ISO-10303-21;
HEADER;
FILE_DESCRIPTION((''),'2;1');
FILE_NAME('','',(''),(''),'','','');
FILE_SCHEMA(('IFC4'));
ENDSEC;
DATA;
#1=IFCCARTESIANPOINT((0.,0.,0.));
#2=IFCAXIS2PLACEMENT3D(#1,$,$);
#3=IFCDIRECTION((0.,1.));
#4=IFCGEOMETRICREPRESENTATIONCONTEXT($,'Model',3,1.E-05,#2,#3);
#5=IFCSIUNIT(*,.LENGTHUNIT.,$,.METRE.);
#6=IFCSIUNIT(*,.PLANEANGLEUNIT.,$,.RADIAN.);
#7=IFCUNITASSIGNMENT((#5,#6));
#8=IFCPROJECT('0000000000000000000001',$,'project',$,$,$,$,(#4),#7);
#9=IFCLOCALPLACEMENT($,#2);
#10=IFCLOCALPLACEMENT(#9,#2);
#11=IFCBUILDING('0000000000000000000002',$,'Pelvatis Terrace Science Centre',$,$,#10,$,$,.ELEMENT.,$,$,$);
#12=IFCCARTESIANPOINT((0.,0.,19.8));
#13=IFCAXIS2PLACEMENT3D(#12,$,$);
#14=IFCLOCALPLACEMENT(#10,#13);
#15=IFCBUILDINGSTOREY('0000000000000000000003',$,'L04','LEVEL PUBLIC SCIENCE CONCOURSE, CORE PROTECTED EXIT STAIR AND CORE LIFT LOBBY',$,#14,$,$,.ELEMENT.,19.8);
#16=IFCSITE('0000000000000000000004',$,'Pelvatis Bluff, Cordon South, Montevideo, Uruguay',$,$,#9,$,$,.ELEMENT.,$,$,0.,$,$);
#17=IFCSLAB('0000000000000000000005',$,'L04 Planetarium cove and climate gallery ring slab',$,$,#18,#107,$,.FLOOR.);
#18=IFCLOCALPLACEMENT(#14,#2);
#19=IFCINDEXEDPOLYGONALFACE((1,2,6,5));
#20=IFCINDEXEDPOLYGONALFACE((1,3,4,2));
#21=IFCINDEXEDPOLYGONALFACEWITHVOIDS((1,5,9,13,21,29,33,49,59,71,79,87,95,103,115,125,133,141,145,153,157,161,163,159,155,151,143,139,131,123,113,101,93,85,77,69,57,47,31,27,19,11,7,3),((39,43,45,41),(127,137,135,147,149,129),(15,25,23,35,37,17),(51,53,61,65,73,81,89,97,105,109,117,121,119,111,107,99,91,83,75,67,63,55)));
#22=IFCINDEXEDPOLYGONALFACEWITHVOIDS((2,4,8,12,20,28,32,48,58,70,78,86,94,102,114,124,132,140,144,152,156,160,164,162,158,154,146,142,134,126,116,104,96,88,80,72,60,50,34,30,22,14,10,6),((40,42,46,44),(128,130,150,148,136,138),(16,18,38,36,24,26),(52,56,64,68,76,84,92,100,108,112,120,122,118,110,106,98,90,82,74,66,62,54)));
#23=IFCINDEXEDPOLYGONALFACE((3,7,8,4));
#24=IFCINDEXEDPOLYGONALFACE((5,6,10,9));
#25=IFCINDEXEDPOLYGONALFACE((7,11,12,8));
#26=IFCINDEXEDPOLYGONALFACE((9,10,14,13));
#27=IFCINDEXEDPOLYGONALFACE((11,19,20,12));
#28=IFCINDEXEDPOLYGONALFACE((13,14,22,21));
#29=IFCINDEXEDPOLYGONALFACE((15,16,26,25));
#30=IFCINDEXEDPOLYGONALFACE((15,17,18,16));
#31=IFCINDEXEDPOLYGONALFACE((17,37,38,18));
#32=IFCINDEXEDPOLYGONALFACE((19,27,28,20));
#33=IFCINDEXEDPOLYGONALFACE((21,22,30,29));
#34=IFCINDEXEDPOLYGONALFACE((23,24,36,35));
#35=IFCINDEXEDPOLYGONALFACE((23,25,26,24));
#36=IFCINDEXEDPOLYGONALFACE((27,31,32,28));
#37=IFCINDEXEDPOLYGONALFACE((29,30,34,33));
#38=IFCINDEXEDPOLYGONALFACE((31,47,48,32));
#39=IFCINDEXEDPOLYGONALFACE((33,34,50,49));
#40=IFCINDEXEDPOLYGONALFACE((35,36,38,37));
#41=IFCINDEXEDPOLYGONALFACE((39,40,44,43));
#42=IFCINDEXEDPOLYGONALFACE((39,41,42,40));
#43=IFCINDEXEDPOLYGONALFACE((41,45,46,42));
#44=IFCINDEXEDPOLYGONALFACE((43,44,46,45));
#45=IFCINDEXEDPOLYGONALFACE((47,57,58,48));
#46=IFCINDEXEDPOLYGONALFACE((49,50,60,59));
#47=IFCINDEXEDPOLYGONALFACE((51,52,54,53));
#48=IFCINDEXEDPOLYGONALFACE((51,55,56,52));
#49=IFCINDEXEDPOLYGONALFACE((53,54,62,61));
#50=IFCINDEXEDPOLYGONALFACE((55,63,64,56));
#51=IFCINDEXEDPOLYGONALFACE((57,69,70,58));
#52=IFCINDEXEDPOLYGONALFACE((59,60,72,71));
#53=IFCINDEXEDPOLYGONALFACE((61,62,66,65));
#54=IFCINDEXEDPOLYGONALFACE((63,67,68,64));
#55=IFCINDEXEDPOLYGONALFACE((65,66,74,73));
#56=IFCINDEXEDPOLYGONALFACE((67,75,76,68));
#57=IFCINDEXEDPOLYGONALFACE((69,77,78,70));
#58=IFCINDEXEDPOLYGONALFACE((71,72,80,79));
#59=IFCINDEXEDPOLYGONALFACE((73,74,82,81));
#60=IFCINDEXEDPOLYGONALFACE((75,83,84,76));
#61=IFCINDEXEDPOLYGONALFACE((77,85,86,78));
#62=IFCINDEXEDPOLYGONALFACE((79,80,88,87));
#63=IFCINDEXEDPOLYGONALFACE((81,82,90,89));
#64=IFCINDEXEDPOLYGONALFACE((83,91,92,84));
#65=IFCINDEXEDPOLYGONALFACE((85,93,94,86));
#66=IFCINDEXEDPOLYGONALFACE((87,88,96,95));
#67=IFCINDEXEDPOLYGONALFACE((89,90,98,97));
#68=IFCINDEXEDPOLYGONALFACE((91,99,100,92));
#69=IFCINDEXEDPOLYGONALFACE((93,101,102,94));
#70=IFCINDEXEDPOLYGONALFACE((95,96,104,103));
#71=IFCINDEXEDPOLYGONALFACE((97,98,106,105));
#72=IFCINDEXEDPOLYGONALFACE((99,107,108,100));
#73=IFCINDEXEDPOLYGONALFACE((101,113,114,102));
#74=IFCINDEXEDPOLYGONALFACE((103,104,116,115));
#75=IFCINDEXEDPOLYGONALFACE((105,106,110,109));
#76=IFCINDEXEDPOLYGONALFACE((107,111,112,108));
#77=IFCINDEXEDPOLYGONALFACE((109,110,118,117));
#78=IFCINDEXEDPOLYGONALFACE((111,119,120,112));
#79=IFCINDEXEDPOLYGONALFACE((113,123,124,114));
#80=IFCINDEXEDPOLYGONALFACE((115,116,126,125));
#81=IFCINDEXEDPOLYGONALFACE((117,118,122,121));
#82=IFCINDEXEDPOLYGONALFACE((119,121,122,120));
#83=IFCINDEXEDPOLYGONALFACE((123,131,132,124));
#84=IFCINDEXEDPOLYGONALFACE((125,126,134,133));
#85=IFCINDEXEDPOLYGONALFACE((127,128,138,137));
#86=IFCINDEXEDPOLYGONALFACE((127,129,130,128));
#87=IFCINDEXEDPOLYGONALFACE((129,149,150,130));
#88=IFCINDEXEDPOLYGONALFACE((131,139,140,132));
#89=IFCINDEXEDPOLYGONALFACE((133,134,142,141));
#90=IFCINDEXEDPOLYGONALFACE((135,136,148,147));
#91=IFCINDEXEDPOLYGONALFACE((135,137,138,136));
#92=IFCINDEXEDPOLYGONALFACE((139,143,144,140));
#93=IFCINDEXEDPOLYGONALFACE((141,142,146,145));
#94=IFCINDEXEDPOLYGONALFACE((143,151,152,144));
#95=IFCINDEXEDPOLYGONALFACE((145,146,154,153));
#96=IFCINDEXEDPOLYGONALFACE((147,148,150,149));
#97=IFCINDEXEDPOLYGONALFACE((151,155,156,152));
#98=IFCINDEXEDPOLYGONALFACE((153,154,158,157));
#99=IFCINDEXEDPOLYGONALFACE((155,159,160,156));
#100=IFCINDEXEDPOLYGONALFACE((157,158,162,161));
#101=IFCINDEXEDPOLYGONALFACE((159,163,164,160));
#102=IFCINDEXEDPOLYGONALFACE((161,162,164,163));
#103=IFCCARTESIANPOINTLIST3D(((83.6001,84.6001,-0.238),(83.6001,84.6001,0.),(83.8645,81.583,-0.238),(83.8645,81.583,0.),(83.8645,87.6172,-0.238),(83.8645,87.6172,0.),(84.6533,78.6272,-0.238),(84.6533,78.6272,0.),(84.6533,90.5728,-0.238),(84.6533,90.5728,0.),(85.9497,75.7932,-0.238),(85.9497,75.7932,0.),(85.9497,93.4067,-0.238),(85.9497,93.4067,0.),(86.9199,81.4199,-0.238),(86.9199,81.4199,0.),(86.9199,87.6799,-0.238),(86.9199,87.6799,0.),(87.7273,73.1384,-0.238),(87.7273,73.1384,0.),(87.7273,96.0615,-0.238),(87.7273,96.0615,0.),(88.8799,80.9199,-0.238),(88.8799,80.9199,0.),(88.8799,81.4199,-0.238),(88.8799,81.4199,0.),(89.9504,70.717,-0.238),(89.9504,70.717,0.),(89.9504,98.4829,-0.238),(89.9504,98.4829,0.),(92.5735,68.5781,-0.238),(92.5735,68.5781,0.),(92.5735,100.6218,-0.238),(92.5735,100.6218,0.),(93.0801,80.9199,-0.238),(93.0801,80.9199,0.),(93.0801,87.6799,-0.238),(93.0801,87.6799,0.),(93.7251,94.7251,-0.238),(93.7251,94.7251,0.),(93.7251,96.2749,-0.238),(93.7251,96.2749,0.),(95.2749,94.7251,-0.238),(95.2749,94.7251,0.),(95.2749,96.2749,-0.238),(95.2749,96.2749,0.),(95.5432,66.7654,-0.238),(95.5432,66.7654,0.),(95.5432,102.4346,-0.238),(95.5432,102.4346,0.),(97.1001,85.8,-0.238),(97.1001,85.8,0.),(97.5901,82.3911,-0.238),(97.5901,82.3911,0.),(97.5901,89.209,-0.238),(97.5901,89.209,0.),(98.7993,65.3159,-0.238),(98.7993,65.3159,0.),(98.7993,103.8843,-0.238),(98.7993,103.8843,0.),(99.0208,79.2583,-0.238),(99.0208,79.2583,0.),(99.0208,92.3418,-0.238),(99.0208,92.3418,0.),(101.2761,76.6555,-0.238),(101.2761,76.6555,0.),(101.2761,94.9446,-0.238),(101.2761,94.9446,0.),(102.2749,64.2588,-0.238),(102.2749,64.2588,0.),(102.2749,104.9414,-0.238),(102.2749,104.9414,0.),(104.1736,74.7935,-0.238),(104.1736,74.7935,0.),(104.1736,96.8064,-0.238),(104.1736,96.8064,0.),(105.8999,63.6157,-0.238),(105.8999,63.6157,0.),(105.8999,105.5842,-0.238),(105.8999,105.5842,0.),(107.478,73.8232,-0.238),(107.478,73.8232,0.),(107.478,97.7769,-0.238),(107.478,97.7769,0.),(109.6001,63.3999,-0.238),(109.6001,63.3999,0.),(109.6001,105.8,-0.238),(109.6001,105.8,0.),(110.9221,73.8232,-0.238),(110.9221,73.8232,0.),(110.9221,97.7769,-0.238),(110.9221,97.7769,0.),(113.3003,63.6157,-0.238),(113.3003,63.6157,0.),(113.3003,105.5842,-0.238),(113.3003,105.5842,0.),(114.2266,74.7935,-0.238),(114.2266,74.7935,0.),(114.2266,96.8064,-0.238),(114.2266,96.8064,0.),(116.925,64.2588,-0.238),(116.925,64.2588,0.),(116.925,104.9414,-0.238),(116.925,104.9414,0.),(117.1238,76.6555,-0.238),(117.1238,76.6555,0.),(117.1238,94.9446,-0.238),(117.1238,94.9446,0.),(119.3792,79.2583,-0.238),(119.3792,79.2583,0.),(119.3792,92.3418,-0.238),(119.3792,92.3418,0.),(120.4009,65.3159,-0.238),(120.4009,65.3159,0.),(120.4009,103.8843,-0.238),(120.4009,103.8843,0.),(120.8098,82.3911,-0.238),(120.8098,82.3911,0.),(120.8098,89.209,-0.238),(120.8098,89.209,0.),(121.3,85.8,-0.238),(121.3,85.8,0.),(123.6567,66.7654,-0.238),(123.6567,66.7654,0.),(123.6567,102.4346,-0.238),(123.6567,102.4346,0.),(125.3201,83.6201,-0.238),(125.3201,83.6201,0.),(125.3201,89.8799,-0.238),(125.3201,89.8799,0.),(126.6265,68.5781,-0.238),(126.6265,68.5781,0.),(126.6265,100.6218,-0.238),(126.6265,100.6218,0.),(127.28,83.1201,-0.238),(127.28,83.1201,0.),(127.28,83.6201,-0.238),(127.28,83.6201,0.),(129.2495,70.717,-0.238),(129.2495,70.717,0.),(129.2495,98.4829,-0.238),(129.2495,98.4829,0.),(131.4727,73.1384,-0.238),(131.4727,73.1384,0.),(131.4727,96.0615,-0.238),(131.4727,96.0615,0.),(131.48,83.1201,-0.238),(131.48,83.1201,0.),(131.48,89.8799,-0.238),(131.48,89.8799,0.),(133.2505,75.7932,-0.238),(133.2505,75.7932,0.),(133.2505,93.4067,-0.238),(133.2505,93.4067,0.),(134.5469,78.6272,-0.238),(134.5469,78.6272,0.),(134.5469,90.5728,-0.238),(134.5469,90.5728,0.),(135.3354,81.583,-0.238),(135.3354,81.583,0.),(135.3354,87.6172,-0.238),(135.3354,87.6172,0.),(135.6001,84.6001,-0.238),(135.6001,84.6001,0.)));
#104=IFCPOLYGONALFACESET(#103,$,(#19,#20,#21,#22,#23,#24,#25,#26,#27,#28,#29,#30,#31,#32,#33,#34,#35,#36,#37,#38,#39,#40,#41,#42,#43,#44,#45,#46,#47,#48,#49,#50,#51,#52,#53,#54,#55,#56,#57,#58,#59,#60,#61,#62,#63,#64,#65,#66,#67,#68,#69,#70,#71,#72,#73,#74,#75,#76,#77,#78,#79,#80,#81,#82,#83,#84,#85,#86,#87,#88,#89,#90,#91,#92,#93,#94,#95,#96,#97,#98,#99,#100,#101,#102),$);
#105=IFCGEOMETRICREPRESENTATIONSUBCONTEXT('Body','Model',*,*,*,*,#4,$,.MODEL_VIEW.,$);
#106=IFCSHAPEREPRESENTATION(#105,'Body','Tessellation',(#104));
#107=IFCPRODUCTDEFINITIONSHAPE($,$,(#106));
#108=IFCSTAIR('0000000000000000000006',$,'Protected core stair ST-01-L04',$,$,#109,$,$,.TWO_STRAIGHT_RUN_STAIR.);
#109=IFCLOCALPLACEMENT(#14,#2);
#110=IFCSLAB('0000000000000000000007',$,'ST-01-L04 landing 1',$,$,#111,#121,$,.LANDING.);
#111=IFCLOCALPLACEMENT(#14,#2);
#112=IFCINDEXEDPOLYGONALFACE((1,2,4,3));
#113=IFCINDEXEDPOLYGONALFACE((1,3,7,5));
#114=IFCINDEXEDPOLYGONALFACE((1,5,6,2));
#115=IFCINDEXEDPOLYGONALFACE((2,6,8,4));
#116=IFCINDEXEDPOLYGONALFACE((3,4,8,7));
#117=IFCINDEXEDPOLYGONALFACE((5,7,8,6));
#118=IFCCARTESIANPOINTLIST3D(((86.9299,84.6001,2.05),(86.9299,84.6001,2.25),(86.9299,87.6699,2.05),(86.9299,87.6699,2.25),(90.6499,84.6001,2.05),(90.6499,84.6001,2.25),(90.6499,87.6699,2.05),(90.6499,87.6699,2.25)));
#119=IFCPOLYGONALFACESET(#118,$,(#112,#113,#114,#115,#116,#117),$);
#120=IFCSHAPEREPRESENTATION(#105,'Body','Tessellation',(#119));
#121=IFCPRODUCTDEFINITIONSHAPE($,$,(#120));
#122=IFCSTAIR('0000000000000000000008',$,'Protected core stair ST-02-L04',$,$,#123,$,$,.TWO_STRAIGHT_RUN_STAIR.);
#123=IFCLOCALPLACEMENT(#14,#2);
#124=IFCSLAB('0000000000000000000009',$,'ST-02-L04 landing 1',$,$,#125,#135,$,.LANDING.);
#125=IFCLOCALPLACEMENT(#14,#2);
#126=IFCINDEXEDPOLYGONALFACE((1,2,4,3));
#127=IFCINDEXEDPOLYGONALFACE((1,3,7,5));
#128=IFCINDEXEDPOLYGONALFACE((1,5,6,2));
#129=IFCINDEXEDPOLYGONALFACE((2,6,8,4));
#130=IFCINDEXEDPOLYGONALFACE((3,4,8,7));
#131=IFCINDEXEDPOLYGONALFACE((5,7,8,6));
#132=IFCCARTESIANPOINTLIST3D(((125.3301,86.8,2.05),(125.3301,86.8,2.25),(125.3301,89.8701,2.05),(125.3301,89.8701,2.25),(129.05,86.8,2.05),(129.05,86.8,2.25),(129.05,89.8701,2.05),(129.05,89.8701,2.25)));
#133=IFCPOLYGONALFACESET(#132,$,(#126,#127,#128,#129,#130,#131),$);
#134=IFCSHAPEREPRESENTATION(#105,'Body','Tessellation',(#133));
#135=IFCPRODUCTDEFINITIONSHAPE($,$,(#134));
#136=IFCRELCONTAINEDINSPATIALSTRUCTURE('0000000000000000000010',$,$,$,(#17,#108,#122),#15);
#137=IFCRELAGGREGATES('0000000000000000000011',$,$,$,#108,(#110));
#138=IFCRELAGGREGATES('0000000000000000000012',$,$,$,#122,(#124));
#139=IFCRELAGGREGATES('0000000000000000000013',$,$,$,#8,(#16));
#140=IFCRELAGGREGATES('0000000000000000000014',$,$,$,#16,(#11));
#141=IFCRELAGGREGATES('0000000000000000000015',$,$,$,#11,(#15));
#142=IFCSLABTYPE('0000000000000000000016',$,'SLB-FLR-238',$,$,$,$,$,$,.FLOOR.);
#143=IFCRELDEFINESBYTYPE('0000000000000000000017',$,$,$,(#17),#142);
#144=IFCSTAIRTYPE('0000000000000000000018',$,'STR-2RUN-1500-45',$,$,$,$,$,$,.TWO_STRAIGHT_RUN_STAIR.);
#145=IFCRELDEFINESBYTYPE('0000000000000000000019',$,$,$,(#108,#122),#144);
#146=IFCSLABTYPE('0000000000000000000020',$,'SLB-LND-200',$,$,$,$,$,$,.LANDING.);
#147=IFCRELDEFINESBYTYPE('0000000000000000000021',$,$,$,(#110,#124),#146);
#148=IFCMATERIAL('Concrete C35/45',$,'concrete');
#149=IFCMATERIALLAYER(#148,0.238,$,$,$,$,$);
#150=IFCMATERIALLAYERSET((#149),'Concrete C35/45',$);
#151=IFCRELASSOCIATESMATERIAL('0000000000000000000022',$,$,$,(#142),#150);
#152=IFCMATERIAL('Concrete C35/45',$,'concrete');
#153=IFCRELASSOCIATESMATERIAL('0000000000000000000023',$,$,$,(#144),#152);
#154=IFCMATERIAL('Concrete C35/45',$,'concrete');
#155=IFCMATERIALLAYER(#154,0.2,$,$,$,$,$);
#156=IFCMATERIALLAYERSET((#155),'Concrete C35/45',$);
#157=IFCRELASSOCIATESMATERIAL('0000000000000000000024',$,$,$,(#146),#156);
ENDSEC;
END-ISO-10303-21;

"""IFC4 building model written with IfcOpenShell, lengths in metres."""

from ifc_helpers import new_model, si_unit, direction, frame, origin, place, context, subcontext, project, spatial, polyline, outline, extrude, material, layer, layer_set, type_object, element, aggregate, save


model = new_model("IFC4")

# Units and contexts
model_context = context("Model", 3, precision=1e-05, world=origin(), true_north=direction((0.0, 1.0)))
body_context = subcontext(model_context, "Body", "Model", "MODEL_VIEW")
ifc_project = project(units=[si_unit("LENGTHUNIT", "METRE"), si_unit("PLANEANGLEUNIT", "RADIAN")], contexts=[model_context])

# Site, building, storey
site_placement = place(None, origin())
site = spatial("IfcSite", under=ifc_project, at=site_placement, Name="Pelvatis Bluff, Cordon South, Montevideo, Uruguay", CompositionType="ELEMENT", RefElevation=0.0)
building_placement = place(site_placement, origin())
building = spatial("IfcBuilding", under=site, at=building_placement, Name="Pelvatis Terrace Science Centre", CompositionType="ELEMENT")
storey_placement = place(building_placement, frame((0.0, 0.0, 19.8)))
storey = spatial("IfcBuildingStorey", under=building, at=storey_placement, Name="L04", Description="LEVEL PUBLIC SCIENCE CONCOURSE, CORE PROTECTED EXIT STAIR AND CORE LIFT LOBBY", CompositionType="ELEMENT", Elevation=19.8)

# Slab
ifc_material_1 = material(Name="Concrete C35/45", Category="concrete")
ifc_layer_1 = layer(ifc_material_1, 0.238)
ifc_layer_set_1 = layer_set([ifc_layer_1], Name="Concrete C35/45")
slab_type_1 = type_object("IfcSlabType", Name="SLB-FLR-238", PredefinedType="FLOOR", material=ifc_layer_set_1)
slab_1_placement = place(storey_placement, frame((0.0, 0.0, -0.238)))
element("IfcSlab", 1, at=slab_1_placement, inside=storey, type_object=slab_type_1, Name="L04 Planetarium cove and climate gallery ring slab", PredefinedType="FLOOR", context=body_context, shape_type="SweptSolid", body=[
    extrude(outline(polyline([(135.3354, 81.583), (134.5469, 78.6272), (133.2505, 75.7932), (131.4727, 73.1384), (129.2495, 70.717), (126.6265, 68.5781), (123.6567, 66.7654), (120.4009, 65.3159), (116.925, 64.2588), (113.3003, 63.6157), (109.6001, 63.3999), (105.8999, 63.6157), (102.2749, 64.2588), (98.7993, 65.3159), (95.5432, 66.7654), (92.5735, 68.5781), (89.9504, 70.717), (87.7273, 73.1384), (85.9497, 75.7932), (84.6533, 78.6272), (83.8645, 81.583), (83.6001, 84.6001), (83.8645, 87.6172), (84.6533, 90.5728), (85.9497, 93.4067), (87.7273, 96.0615), (89.9504, 98.4829), (92.5735, 100.6218), (95.5432, 102.4346), (98.7993, 103.8843), (102.2749, 104.9414), (105.8999, 105.5842), (109.6001, 105.8), (113.3003, 105.5842), (116.925, 104.9414), (120.4009, 103.8843), (123.6567, 102.4346), (126.6265, 100.6218), (129.2495, 98.4829), (131.4727, 96.0615), (133.2505, 93.4067), (134.5469, 90.5728), (135.3354, 87.6172), (135.6001, 84.6001), (135.3354, 81.583)]), holes=[polyline([(86.9199, 87.6799), (86.9199, 81.4199), (88.8799, 81.4199), (88.8799, 80.9199), (93.0801, 80.9199), (93.0801, 87.6799), (86.9199, 87.6799)]), polyline([(120.8098, 82.3911), (121.3, 85.8), (120.8098, 89.209), (119.3792, 92.3418), (117.1238, 94.9446), (114.2266, 96.8064), (110.9221, 97.7769), (107.478, 97.7769), (104.1736, 96.8064), (101.2761, 94.9446), (99.0208, 92.3418), (97.5901, 89.209), (97.1001, 85.8), (97.5901, 82.3911), (99.0208, 79.2583), (101.2761, 76.6555), (104.1736, 74.7935), (107.478, 73.8232), (110.9221, 73.8232), (114.2266, 74.7935), (117.1238, 76.6555), (119.3792, 79.2583), (120.8098, 82.3911)]), polyline([(125.3201, 89.8799), (125.3201, 83.6201), (127.28, 83.6201), (127.28, 83.1201), (131.48, 83.1201), (131.48, 89.8799), (125.3201, 89.8799)]), polyline([(93.7251, 96.2749), (93.7251, 94.7251), (95.2749, 94.7251), (95.2749, 96.2749), (93.7251, 96.2749)])]), origin(), (0.0, 0.0, 1.0), 0.238),
])

# Stairs, slabs
ifc_material_2 = material(Name="Concrete C35/45", Category="concrete")
stair_type = type_object("IfcStairType", Name="STR-2RUN-1500-45", PredefinedType="TWO_STRAIGHT_RUN_STAIR", material=ifc_material_2)
stair_1_placement = place(storey_placement, origin())
stair_1 = element("IfcStair", 2, at=stair_1_placement, inside=storey, type_object=stair_type, Name="Protected core stair ST-01-L04", PredefinedType="TWO_STRAIGHT_RUN_STAIR")
ifc_material_3 = material(Name="Concrete C35/45", Category="concrete")
ifc_layer_2 = layer(ifc_material_3, 0.2)
ifc_layer_set_2 = layer_set([ifc_layer_2], Name="Concrete C35/45")
slab_type_2 = type_object("IfcSlabType", Name="SLB-LND-200", PredefinedType="LANDING", material=ifc_layer_set_2)
slab_2_placement = place(storey_placement, frame((0.0, 0.0, 2.05)))
slab_2 = element("IfcSlab", 3, at=slab_2_placement, type_object=slab_type_2, Name="ST-01-L04 landing 1", PredefinedType="LANDING", context=body_context, shape_type="SweptSolid", body=[
    extrude(outline(polyline([(86.9299, 84.6001), (90.6499, 84.6001), (90.6499, 87.6699), (86.9299, 87.6699), (86.9299, 84.6001)])), origin(), (0.0, 0.0, 1.0), 0.2),
])
aggregate(stair_1, [slab_2])
stair_2_placement = place(storey_placement, origin())
stair_2 = element("IfcStair", 4, at=stair_2_placement, inside=storey, type_object=stair_type, Name="Protected core stair ST-02-L04", PredefinedType="TWO_STRAIGHT_RUN_STAIR")
slab_3_placement = place(storey_placement, frame((0.0, 0.0, 2.05)))
slab_3 = element("IfcSlab", 5, at=slab_3_placement, type_object=slab_type_2, Name="ST-02-L04 landing 1", PredefinedType="LANDING", context=body_context, shape_type="SweptSolid", body=[
    extrude(outline(polyline([(125.3301, 86.8), (129.05, 86.8), (129.05, 89.8701), (125.3301, 89.8701), (125.3301, 86.8)])), origin(), (0.0, 0.0, 1.0), 0.2),
])
aggregate(stair_2, [slab_3])

save(model, "model.ifc")
